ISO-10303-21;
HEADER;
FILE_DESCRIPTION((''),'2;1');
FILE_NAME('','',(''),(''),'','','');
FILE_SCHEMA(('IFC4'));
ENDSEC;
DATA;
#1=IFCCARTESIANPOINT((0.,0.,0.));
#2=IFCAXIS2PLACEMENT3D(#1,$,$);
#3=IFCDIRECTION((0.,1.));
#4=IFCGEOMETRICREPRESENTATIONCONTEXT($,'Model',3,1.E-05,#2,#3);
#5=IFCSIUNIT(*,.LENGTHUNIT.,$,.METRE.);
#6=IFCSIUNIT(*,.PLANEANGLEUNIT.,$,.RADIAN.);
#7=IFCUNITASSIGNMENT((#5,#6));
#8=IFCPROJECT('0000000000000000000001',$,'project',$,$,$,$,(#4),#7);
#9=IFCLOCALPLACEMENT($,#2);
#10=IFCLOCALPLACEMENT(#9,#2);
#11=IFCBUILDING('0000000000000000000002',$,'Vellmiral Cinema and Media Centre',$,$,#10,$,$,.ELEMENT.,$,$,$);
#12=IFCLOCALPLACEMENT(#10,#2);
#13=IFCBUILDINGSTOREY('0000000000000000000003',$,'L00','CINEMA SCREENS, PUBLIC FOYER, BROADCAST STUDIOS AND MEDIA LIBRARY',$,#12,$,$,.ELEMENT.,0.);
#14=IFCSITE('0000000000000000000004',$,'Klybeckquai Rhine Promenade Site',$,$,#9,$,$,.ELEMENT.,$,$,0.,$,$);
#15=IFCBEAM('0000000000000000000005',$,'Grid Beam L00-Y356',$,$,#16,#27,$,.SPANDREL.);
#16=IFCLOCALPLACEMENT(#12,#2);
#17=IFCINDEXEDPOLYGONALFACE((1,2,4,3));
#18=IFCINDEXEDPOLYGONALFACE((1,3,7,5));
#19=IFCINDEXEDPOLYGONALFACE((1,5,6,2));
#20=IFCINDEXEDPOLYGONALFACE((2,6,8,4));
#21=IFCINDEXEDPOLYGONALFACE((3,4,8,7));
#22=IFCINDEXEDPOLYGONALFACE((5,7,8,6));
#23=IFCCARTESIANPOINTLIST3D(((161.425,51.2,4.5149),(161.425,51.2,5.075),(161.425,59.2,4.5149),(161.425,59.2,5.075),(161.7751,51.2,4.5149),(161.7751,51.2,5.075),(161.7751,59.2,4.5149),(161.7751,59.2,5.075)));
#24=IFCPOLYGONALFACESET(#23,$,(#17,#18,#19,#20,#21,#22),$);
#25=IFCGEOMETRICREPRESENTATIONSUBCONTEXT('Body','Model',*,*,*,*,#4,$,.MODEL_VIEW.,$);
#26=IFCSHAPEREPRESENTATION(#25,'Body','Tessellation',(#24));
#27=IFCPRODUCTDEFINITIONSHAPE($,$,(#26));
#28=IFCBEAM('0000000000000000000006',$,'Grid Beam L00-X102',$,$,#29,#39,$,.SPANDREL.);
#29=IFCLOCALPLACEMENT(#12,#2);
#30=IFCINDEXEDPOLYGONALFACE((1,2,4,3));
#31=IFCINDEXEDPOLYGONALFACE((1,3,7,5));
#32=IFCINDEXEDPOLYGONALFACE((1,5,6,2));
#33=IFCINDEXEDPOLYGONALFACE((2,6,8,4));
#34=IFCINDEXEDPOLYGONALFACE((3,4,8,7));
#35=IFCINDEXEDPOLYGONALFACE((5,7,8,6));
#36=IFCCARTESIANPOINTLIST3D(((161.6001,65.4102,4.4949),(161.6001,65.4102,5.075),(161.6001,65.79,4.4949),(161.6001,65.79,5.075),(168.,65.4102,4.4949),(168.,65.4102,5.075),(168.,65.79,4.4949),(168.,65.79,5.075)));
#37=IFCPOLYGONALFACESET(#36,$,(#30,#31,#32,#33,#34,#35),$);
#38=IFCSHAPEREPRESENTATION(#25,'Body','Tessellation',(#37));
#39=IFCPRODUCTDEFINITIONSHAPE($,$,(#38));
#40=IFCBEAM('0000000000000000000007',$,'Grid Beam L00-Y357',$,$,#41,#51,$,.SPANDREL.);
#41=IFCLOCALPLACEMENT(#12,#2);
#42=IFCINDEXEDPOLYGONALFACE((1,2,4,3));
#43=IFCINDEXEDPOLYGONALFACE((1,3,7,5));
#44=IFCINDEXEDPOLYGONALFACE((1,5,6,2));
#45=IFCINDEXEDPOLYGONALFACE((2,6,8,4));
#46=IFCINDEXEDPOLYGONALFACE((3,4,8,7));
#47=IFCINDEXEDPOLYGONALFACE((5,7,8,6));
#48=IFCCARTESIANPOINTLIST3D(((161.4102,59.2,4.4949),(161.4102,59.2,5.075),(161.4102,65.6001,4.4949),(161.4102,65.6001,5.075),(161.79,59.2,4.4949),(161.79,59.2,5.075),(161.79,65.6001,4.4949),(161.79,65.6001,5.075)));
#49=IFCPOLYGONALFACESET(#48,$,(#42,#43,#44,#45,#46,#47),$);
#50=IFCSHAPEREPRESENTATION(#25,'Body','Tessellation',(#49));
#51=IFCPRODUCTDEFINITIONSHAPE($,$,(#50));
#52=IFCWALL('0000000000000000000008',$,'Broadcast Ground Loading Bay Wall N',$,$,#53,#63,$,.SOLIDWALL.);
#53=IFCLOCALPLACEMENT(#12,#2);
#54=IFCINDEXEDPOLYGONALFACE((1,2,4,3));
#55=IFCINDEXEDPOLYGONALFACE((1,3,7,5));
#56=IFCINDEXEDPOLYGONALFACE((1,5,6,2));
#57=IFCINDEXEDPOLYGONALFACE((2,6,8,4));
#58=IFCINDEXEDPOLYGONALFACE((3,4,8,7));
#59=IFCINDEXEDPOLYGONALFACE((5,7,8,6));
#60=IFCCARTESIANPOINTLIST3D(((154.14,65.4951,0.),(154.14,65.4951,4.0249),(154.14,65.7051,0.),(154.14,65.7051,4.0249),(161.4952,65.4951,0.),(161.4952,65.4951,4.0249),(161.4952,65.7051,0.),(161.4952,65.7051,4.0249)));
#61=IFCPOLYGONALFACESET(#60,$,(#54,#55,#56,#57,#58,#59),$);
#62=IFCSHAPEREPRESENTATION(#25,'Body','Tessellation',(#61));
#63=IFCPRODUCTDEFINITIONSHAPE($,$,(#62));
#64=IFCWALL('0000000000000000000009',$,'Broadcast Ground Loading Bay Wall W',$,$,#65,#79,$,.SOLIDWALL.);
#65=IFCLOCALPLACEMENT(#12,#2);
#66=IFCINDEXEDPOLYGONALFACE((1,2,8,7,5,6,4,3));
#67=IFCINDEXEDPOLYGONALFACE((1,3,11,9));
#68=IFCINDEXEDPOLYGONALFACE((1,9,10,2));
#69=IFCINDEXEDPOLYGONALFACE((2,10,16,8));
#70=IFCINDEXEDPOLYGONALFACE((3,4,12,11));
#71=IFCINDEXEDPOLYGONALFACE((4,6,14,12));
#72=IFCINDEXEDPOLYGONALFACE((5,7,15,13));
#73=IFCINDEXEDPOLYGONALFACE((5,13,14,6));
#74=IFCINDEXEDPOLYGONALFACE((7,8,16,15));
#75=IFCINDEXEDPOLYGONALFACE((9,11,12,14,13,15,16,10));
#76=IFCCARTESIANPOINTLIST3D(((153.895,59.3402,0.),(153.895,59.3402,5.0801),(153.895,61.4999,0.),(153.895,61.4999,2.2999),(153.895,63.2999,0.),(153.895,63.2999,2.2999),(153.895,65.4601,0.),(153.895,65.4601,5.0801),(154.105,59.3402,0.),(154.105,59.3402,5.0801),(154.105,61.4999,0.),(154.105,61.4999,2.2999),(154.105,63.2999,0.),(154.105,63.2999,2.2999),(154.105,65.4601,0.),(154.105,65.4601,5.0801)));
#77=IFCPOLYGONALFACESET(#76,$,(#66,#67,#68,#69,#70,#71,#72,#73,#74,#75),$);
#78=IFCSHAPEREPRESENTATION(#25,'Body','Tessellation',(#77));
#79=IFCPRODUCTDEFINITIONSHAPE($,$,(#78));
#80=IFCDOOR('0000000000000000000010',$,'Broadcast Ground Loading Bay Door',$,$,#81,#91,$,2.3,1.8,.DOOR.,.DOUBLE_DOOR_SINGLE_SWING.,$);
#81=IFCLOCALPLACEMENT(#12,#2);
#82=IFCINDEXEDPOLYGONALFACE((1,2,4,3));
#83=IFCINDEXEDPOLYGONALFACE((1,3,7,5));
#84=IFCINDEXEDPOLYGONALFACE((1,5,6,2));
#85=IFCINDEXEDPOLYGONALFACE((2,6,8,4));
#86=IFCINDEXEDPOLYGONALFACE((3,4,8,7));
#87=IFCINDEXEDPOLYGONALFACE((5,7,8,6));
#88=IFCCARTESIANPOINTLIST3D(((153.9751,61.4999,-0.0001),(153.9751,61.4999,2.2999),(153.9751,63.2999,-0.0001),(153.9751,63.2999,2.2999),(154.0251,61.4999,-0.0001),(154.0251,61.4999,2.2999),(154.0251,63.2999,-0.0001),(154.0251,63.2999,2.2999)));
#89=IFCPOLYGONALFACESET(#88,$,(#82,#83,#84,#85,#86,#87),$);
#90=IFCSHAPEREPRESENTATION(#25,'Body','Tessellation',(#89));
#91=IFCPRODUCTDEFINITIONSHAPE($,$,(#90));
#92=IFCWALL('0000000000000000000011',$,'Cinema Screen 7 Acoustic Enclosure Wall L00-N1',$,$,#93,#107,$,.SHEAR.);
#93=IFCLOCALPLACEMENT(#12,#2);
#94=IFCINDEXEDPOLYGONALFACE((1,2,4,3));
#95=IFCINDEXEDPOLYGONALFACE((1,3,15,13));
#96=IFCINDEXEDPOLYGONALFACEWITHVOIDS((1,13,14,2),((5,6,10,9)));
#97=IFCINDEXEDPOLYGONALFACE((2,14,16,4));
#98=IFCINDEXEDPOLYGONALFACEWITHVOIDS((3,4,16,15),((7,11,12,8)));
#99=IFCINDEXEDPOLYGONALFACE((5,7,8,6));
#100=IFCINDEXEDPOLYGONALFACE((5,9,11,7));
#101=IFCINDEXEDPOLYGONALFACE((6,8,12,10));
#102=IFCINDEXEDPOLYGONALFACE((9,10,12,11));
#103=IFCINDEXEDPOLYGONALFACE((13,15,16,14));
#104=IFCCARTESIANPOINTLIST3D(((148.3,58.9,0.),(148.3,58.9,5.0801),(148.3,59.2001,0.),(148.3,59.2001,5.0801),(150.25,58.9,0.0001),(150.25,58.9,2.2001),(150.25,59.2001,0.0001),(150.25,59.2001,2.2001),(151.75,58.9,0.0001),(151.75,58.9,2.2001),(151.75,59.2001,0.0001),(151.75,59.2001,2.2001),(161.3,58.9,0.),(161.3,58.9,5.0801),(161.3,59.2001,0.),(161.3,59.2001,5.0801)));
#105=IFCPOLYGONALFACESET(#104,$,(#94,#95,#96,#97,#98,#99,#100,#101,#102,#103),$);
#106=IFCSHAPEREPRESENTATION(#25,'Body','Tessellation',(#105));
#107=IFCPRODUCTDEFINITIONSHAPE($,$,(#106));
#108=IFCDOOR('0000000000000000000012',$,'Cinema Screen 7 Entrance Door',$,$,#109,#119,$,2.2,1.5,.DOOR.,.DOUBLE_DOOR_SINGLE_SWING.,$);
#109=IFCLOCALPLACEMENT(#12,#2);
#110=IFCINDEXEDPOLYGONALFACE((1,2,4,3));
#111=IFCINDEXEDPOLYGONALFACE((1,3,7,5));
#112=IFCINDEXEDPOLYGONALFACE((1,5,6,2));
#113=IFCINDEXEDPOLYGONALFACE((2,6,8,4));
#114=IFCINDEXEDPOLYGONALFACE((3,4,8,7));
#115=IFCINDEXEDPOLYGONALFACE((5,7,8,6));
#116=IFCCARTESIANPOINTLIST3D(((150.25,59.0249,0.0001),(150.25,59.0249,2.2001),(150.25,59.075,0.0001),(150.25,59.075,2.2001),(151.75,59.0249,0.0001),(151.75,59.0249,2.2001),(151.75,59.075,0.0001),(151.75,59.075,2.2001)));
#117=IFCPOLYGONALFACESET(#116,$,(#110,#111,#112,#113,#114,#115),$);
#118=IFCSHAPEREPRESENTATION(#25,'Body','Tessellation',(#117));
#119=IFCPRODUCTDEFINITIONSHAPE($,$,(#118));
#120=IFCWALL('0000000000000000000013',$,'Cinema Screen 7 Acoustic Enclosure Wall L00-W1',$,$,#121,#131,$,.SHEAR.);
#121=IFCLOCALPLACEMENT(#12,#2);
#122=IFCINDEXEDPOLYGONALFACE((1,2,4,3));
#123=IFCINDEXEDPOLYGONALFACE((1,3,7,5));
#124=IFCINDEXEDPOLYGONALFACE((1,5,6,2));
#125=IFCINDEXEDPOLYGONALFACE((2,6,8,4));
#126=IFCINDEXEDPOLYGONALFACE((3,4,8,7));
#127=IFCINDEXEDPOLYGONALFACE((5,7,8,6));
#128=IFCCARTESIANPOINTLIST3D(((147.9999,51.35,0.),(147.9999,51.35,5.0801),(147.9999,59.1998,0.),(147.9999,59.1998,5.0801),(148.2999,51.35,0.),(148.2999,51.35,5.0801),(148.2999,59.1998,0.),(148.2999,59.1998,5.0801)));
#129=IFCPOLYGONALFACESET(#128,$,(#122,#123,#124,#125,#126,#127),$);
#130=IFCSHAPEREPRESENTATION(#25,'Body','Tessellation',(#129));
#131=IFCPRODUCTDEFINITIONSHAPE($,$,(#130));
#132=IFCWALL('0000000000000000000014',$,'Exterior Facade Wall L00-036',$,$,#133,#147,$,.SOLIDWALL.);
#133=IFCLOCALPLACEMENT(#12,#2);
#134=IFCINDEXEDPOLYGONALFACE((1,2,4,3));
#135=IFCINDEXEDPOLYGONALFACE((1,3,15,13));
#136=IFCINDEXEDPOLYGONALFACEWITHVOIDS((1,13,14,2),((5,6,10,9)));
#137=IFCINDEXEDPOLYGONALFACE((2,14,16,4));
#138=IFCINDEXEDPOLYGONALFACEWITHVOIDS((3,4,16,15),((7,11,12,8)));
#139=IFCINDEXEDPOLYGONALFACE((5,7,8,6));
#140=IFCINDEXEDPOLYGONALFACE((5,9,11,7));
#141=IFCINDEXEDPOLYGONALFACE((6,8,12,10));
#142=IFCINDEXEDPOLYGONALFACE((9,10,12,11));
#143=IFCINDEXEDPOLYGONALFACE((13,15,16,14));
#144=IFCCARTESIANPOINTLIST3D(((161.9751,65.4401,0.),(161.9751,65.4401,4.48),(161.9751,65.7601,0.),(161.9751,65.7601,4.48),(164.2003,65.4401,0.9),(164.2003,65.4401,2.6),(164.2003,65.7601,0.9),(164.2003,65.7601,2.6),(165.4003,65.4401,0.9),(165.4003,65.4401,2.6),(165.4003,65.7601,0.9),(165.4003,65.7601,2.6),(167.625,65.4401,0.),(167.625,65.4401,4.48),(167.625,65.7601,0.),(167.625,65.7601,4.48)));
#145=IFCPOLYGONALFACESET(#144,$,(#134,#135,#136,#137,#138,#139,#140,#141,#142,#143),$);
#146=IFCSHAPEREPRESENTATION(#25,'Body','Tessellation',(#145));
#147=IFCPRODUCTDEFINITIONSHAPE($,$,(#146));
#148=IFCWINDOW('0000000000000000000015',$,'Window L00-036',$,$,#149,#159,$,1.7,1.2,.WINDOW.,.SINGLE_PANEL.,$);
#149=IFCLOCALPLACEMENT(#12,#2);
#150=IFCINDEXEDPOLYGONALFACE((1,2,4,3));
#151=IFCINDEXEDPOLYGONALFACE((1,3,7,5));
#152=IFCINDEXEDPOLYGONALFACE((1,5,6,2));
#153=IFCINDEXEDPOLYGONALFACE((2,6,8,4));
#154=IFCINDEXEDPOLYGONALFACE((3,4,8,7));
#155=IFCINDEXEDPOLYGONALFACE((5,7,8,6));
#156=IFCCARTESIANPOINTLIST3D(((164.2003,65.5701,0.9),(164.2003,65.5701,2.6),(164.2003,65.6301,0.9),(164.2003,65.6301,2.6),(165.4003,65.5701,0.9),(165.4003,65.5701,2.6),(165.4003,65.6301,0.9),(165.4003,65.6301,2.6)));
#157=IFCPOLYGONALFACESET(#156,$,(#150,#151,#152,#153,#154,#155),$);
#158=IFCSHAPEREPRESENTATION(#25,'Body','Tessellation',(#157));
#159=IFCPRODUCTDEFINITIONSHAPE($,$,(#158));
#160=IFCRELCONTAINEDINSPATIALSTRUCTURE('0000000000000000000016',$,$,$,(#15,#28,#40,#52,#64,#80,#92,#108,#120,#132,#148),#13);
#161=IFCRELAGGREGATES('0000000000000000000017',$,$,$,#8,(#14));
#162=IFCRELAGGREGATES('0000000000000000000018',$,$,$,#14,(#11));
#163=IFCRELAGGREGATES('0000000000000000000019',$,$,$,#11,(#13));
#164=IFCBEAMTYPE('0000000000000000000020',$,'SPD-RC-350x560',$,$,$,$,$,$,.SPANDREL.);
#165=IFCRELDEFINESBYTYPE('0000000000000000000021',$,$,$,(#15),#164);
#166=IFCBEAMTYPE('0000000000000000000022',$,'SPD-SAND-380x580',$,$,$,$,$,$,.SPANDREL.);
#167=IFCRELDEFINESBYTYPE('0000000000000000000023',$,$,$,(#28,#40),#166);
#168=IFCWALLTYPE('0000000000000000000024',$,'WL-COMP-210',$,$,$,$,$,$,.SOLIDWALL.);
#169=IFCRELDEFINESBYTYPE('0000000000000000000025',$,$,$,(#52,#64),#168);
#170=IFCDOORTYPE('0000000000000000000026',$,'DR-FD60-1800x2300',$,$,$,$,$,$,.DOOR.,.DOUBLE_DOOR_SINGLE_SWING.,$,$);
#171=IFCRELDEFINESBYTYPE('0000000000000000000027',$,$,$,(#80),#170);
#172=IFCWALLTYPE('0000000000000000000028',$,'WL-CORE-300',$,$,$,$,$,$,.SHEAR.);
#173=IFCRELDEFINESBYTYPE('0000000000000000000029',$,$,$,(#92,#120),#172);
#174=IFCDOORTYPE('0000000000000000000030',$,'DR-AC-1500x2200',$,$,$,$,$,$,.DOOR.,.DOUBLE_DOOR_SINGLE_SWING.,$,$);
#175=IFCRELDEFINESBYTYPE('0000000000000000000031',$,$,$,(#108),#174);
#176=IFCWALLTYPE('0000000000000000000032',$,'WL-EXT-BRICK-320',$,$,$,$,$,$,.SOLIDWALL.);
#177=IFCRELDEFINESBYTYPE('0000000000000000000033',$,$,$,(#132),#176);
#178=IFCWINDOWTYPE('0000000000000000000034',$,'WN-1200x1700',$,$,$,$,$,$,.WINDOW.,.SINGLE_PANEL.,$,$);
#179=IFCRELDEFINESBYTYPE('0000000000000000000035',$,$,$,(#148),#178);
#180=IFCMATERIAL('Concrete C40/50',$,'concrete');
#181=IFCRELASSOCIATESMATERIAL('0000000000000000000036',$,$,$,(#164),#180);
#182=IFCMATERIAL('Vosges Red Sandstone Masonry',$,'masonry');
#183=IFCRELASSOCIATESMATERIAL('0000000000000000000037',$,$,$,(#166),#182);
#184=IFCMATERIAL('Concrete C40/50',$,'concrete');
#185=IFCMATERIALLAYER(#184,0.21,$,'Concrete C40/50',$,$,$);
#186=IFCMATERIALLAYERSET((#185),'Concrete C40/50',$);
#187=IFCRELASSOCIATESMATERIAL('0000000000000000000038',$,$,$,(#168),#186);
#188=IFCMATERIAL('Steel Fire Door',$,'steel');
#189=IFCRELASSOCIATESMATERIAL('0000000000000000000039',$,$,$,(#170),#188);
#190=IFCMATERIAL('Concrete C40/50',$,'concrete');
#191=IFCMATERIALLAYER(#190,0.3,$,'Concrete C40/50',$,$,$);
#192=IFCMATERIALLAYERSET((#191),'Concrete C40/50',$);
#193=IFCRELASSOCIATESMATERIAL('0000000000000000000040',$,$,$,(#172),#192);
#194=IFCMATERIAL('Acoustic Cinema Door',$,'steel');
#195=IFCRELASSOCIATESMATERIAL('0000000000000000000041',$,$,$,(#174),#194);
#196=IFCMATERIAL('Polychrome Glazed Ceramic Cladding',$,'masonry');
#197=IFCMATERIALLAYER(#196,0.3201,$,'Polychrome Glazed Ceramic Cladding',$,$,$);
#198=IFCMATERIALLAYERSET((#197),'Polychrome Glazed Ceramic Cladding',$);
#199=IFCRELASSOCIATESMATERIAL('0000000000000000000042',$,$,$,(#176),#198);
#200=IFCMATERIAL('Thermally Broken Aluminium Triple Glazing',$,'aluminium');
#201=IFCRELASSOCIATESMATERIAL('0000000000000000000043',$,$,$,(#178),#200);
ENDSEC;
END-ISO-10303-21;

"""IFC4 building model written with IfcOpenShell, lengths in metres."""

from ifc_helpers import new_model, si_unit, direction, frame, frame_2d, origin, origin_2d, place, context, subcontext, project, spatial, rectangle, extrude, material, layer, layer_set, material_profile, profile_set, type_object, element, fill, save


model = new_model("IFC4")

# Units and contexts
model_context = context("Model", 3, precision=1e-05, world=origin(), true_north=direction((0.0, 1.0)))
body_context = subcontext(model_context, "Body", "Model", "MODEL_VIEW")
ifc_project = project(units=[si_unit("LENGTHUNIT", "METRE"), si_unit("PLANEANGLEUNIT", "RADIAN")], contexts=[model_context])

# Site, building, storey
site_placement = place(None, origin())
site = spatial("IfcSite", under=ifc_project, at=site_placement, Name="Klybeckquai Rhine Promenade Site", CompositionType="ELEMENT", RefElevation=0.0)
building_placement = place(site_placement, origin())
building = spatial("IfcBuilding", under=site, at=building_placement, Name="Vellmiral Cinema and Media Centre", CompositionType="ELEMENT")
storey_placement = place(building_placement, origin())
storey = spatial("IfcBuildingStorey", under=building, at=storey_placement, Name="L00", Description="CINEMA SCREENS, PUBLIC FOYER, BROADCAST STUDIOS AND MEDIA LIBRARY", CompositionType="ELEMENT", Elevation=0.0)

# Beams
ifc_material_1 = material(Name="Concrete C40/50", Category="concrete")
ifc_material_profile_1 = material_profile(ifc_material_1, rectangle(XDim=0.3501, YDim=0.5601, at=origin_2d()), Name="RC 350x560")
ifc_profile_set_1 = profile_set([ifc_material_profile_1], Name="Concrete C40/50")
beam_type_1 = type_object("IfcBeamType", Name="SPD-RC-350x560", PredefinedType="SPANDREL", material=ifc_profile_set_1)
beam_1_placement = place(storey_placement, frame((161.6001, 51.2, 4.7949), z_axis=(0.0, 1.0, 0.0), x_axis=(-1.0, 0.0, 0.0)))
element("IfcBeam", 1, at=beam_1_placement, inside=storey, type_object=beam_type_1, Name="Grid Beam L00-Y356", PredefinedType="SPANDREL", context=body_context, shape_type="SweptSolid", body=[
    extrude(rectangle(XDim=0.3501, YDim=0.5601, at=origin_2d()), origin(), (0.0, 0.0, 1.0), 8.0),
])
ifc_material_2 = material(Name="Vosges Red Sandstone Masonry", Category="masonry")
ifc_material_profile_2 = material_profile(ifc_material_2, rectangle(XDim=0.3799, YDim=0.5801, at=origin_2d()), Name="SAND 380x580")
ifc_profile_set_2 = profile_set([ifc_material_profile_2], Name="Vosges Red Sandstone Masonry")
beam_type_2 = type_object("IfcBeamType", Name="SPD-SAND-380x580", PredefinedType="SPANDREL", material=ifc_profile_set_2)
beam_2_placement = place(storey_placement, frame((161.6001, 65.6001, 4.7849), z_axis=(1.0, 0.0, 0.0), x_axis=(0.0, 1.0, 0.0)))
element("IfcBeam", 2, at=beam_2_placement, inside=storey, type_object=beam_type_2, Name="Grid Beam L00-X102", PredefinedType="SPANDREL", context=body_context, shape_type="SweptSolid", body=[
    extrude(rectangle(XDim=0.3799, YDim=0.5801, at=origin_2d()), origin(), (0.0, 0.0, 1.0), 6.3999),
])
beam_3_placement = place(storey_placement, frame((161.6001, 59.2, 4.7849), z_axis=(0.0, 1.0, 0.0), x_axis=(-1.0, 0.0, 0.0)))
element("IfcBeam", 3, at=beam_3_placement, inside=storey, type_object=beam_type_2, Name="Grid Beam L00-Y357", PredefinedType="SPANDREL", context=body_context, shape_type="SweptSolid", body=[
    extrude(rectangle(XDim=0.3799, YDim=0.5801, at=origin_2d()), origin(), (0.0, 0.0, 1.0), 6.4001),
])

# Wall
ifc_material_3 = material(Name="Concrete C40/50", Category="concrete")
ifc_layer_1 = layer(ifc_material_3, 0.21, Name="Concrete C40/50")
ifc_layer_set_1 = layer_set([ifc_layer_1], Name="Concrete C40/50")
wall_type_1 = type_object("IfcWallType", Name="WL-COMP-210", PredefinedType="SOLIDWALL", material=ifc_layer_set_1)
wall_1_placement = place(storey_placement, frame((154.1399, 65.6001, 0.0), z_axis=(0.0, 0.0, 1.0), x_axis=(1.0, 0.0, 0.0)))
element("IfcWall", 4, at=wall_1_placement, inside=storey, type_object=wall_type_1, Name="Broadcast Ground Loading Bay Wall N", PredefinedType="SOLIDWALL", context=body_context, shape_type="SweptSolid", body=[
    extrude(rectangle(XDim=7.3552, YDim=0.21, at=frame_2d((3.6777, 0.0))), origin(), (0.0, 0.0, 1.0), 4.0249),
])

# Walls, openings, doors
wall_2_placement = place(storey_placement, frame((154.0, 59.3401, 0.0), z_axis=(0.0, 0.0, 1.0), x_axis=(0.0, 1.0, 0.0)))
wall_2 = element("IfcWall", 5, at=wall_2_placement, inside=storey, type_object=wall_type_1, Name="Broadcast Ground Loading Bay Wall W", PredefinedType="SOLIDWALL", context=body_context, shape_type="SweptSolid", body=[
    extrude(rectangle(XDim=6.1199, YDim=0.21, at=frame_2d((3.0601, 0.0))), origin(), (0.0, 0.0, 1.0), 5.0801),
])
opening_1_placement = place(wall_2_placement, frame((2.1599, 0.0, 0.0)))
opening_1 = element("IfcOpeningElement", 6, at=opening_1_placement, cuts=wall_2, PredefinedType="OPENING", context=body_context, shape_type="SweptSolid", body=[
    extrude(rectangle(XDim=1.8, YDim=2.3, at=frame_2d((0.8999, 1.1499))), frame((0.0, 0.1169, 0.0), z_axis=(0.0, -1.0, 0.0), x_axis=(1.0, 0.0, 0.0)), (0.0, 0.0, 1.0), 0.2339),
])
ifc_material_4 = material(Name="Steel Fire Door", Category="steel")
door_type_1 = type_object("IfcDoorType", Name="DR-FD60-1800x2300", OperationType="DOUBLE_DOOR_SINGLE_SWING", PredefinedType="DOOR", material=ifc_material_4)
door_1_placement = place(opening_1_placement, origin())
door_1 = element("IfcDoor", 7, at=door_1_placement, inside=storey, type_object=door_type_1, Name="Broadcast Ground Loading Bay Door", OperationType="DOUBLE_DOOR_SINGLE_SWING", OverallHeight=2.3, OverallWidth=1.8, PredefinedType="DOOR", context=body_context, shape_type="SweptSolid", body=[
    extrude(rectangle(XDim=1.8, YDim=2.3, at=frame_2d((0.8999, 1.1499))), frame((0.0, 0.0249, 0.0), z_axis=(0.0, -1.0, 0.0), x_axis=(1.0, 0.0, 0.0)), (0.0, 0.0, 1.0), 0.05),
])
fill(opening_1, door_1)
ifc_material_5 = material(Name="Concrete C40/50", Category="concrete")
ifc_layer_2 = layer(ifc_material_5, 0.3, Name="Concrete C40/50")
ifc_layer_set_2 = layer_set([ifc_layer_2], Name="Concrete C40/50")
wall_type_2 = type_object("IfcWallType", Name="WL-CORE-300", PredefinedType="SHEAR", material=ifc_layer_set_2)
wall_3_placement = place(storey_placement, frame((148.3, 59.05, 0.0), z_axis=(0.0, 0.0, 1.0), x_axis=(1.0, 0.0, 0.0)))
wall_3 = element("IfcWall", 8, at=wall_3_placement, inside=storey, type_object=wall_type_2, Name="Cinema Screen 7 Acoustic Enclosure Wall L00-N1", PredefinedType="SHEAR", context=body_context, shape_type="SweptSolid", body=[
    extrude(rectangle(XDim=13.0, YDim=0.3, at=frame_2d((6.5, 0.0))), origin(), (0.0, 0.0, 1.0), 5.0801),
])
opening_2_placement = place(wall_3_placement, frame((1.95, 0.0, 0.0)))
opening_2 = element("IfcOpeningElement", 9, at=opening_2_placement, cuts=wall_3, PredefinedType="OPENING", context=body_context, shape_type="SweptSolid", body=[
    extrude(rectangle(XDim=1.5, YDim=2.2, at=frame_2d((0.75, 1.1001))), frame((0.0, 0.1621, 0.0), z_axis=(0.0, -1.0, 0.0), x_axis=(1.0, 0.0, 0.0)), (0.0, 0.0, 1.0), 0.324),
])
ifc_material_6 = material(Name="Acoustic Cinema Door", Category="steel")
door_type_2 = type_object("IfcDoorType", Name="DR-AC-1500x2200", OperationType="DOUBLE_DOOR_SINGLE_SWING", PredefinedType="DOOR", material=ifc_material_6)
door_2_placement = place(opening_2_placement, origin())
door_2 = element("IfcDoor", 10, at=door_2_placement, inside=storey, type_object=door_type_2, Name="Cinema Screen 7 Entrance Door", OperationType="DOUBLE_DOOR_SINGLE_SWING", OverallHeight=2.2, OverallWidth=1.5, PredefinedType="DOOR", context=body_context, shape_type="SweptSolid", body=[
    extrude(rectangle(XDim=1.5, YDim=2.2, at=frame_2d((0.75, 1.1001))), frame((0.0, 0.0249, 0.0), z_axis=(0.0, -1.0, 0.0), x_axis=(1.0, 0.0, 0.0)), (0.0, 0.0, 1.0), 0.05),
])
fill(opening_2, door_2)

# Wall
wall_4_placement = place(storey_placement, frame((148.1499, 51.3501, 0.0), z_axis=(0.0, 0.0, 1.0), x_axis=(0.0, 1.0, 0.0)))
element("IfcWall", 11, at=wall_4_placement, inside=storey, type_object=wall_type_2, Name="Cinema Screen 7 Acoustic Enclosure Wall L00-W1", PredefinedType="SHEAR", context=body_context, shape_type="SweptSolid", body=[
    extrude(rectangle(XDim=7.8499, YDim=0.3, at=frame_2d((3.9248, 0.0))), origin(), (0.0, 0.0, 1.0), 5.0801),
])

# Wall, opening, window
ifc_material_7 = material(Name="Polychrome Glazed Ceramic Cladding", Category="masonry")
ifc_layer_3 = layer(ifc_material_7, 0.3201, Name="Polychrome Glazed Ceramic Cladding")
ifc_layer_set_3 = layer_set([ifc_layer_3], Name="Polychrome Glazed Ceramic Cladding")
wall_type_3 = type_object("IfcWallType", Name="WL-EXT-BRICK-320", PredefinedType="SOLIDWALL", material=ifc_layer_set_3)
wall_5_placement = place(storey_placement, frame((161.9751, 65.6001, 0.0), z_axis=(0.0, 0.0, 1.0), x_axis=(1.0, 0.0, 0.0)))
wall_5 = element("IfcWall", 12, at=wall_5_placement, inside=storey, type_object=wall_type_3, Name="Exterior Facade Wall L00-036", PredefinedType="SOLIDWALL", context=body_context, shape_type="SweptSolid", body=[
    extrude(rectangle(XDim=5.6499, YDim=0.3201, at=frame_2d((2.825, 0.0))), origin(), (0.0, 0.0, 1.0), 4.48),
])
opening_3_placement = place(wall_5_placement, frame((2.2251, 0.0, 0.8999)))
opening_3 = element("IfcOpeningElement", 13, at=opening_3_placement, cuts=wall_5, PredefinedType="OPENING", context=body_context, shape_type="SweptSolid", body=[
    extrude(rectangle(XDim=1.2, YDim=1.7, at=frame_2d((0.6001, 0.8501))), frame((0.0, 0.1719, 0.0), z_axis=(0.0, -1.0, 0.0), x_axis=(1.0, 0.0, 0.0)), (0.0, 0.0, 1.0), 0.344),
])
ifc_material_8 = material(Name="Thermally Broken Aluminium Triple Glazing", Category="aluminium")
window_type = type_object("IfcWindowType", Name="WN-1200x1700", PartitioningType="SINGLE_PANEL", PredefinedType="WINDOW", material=ifc_material_8)
window_placement = place(opening_3_placement, origin())
window = element("IfcWindow", 14, at=window_placement, inside=storey, type_object=window_type, Name="Window L00-036", OverallHeight=1.7, OverallWidth=1.2, PartitioningType="SINGLE_PANEL", PredefinedType="WINDOW", context=body_context, shape_type="SweptSolid", body=[
    extrude(rectangle(XDim=1.2, YDim=1.7, at=frame_2d((0.6001, 0.8501))), frame((0.0, 0.03, 0.0), z_axis=(0.0, -1.0, 0.0), x_axis=(1.0, 0.0, 0.0)), (0.0, 0.0, 1.0), 0.0601),
])
fill(opening_3, window)

save(model, "model.ifc")
